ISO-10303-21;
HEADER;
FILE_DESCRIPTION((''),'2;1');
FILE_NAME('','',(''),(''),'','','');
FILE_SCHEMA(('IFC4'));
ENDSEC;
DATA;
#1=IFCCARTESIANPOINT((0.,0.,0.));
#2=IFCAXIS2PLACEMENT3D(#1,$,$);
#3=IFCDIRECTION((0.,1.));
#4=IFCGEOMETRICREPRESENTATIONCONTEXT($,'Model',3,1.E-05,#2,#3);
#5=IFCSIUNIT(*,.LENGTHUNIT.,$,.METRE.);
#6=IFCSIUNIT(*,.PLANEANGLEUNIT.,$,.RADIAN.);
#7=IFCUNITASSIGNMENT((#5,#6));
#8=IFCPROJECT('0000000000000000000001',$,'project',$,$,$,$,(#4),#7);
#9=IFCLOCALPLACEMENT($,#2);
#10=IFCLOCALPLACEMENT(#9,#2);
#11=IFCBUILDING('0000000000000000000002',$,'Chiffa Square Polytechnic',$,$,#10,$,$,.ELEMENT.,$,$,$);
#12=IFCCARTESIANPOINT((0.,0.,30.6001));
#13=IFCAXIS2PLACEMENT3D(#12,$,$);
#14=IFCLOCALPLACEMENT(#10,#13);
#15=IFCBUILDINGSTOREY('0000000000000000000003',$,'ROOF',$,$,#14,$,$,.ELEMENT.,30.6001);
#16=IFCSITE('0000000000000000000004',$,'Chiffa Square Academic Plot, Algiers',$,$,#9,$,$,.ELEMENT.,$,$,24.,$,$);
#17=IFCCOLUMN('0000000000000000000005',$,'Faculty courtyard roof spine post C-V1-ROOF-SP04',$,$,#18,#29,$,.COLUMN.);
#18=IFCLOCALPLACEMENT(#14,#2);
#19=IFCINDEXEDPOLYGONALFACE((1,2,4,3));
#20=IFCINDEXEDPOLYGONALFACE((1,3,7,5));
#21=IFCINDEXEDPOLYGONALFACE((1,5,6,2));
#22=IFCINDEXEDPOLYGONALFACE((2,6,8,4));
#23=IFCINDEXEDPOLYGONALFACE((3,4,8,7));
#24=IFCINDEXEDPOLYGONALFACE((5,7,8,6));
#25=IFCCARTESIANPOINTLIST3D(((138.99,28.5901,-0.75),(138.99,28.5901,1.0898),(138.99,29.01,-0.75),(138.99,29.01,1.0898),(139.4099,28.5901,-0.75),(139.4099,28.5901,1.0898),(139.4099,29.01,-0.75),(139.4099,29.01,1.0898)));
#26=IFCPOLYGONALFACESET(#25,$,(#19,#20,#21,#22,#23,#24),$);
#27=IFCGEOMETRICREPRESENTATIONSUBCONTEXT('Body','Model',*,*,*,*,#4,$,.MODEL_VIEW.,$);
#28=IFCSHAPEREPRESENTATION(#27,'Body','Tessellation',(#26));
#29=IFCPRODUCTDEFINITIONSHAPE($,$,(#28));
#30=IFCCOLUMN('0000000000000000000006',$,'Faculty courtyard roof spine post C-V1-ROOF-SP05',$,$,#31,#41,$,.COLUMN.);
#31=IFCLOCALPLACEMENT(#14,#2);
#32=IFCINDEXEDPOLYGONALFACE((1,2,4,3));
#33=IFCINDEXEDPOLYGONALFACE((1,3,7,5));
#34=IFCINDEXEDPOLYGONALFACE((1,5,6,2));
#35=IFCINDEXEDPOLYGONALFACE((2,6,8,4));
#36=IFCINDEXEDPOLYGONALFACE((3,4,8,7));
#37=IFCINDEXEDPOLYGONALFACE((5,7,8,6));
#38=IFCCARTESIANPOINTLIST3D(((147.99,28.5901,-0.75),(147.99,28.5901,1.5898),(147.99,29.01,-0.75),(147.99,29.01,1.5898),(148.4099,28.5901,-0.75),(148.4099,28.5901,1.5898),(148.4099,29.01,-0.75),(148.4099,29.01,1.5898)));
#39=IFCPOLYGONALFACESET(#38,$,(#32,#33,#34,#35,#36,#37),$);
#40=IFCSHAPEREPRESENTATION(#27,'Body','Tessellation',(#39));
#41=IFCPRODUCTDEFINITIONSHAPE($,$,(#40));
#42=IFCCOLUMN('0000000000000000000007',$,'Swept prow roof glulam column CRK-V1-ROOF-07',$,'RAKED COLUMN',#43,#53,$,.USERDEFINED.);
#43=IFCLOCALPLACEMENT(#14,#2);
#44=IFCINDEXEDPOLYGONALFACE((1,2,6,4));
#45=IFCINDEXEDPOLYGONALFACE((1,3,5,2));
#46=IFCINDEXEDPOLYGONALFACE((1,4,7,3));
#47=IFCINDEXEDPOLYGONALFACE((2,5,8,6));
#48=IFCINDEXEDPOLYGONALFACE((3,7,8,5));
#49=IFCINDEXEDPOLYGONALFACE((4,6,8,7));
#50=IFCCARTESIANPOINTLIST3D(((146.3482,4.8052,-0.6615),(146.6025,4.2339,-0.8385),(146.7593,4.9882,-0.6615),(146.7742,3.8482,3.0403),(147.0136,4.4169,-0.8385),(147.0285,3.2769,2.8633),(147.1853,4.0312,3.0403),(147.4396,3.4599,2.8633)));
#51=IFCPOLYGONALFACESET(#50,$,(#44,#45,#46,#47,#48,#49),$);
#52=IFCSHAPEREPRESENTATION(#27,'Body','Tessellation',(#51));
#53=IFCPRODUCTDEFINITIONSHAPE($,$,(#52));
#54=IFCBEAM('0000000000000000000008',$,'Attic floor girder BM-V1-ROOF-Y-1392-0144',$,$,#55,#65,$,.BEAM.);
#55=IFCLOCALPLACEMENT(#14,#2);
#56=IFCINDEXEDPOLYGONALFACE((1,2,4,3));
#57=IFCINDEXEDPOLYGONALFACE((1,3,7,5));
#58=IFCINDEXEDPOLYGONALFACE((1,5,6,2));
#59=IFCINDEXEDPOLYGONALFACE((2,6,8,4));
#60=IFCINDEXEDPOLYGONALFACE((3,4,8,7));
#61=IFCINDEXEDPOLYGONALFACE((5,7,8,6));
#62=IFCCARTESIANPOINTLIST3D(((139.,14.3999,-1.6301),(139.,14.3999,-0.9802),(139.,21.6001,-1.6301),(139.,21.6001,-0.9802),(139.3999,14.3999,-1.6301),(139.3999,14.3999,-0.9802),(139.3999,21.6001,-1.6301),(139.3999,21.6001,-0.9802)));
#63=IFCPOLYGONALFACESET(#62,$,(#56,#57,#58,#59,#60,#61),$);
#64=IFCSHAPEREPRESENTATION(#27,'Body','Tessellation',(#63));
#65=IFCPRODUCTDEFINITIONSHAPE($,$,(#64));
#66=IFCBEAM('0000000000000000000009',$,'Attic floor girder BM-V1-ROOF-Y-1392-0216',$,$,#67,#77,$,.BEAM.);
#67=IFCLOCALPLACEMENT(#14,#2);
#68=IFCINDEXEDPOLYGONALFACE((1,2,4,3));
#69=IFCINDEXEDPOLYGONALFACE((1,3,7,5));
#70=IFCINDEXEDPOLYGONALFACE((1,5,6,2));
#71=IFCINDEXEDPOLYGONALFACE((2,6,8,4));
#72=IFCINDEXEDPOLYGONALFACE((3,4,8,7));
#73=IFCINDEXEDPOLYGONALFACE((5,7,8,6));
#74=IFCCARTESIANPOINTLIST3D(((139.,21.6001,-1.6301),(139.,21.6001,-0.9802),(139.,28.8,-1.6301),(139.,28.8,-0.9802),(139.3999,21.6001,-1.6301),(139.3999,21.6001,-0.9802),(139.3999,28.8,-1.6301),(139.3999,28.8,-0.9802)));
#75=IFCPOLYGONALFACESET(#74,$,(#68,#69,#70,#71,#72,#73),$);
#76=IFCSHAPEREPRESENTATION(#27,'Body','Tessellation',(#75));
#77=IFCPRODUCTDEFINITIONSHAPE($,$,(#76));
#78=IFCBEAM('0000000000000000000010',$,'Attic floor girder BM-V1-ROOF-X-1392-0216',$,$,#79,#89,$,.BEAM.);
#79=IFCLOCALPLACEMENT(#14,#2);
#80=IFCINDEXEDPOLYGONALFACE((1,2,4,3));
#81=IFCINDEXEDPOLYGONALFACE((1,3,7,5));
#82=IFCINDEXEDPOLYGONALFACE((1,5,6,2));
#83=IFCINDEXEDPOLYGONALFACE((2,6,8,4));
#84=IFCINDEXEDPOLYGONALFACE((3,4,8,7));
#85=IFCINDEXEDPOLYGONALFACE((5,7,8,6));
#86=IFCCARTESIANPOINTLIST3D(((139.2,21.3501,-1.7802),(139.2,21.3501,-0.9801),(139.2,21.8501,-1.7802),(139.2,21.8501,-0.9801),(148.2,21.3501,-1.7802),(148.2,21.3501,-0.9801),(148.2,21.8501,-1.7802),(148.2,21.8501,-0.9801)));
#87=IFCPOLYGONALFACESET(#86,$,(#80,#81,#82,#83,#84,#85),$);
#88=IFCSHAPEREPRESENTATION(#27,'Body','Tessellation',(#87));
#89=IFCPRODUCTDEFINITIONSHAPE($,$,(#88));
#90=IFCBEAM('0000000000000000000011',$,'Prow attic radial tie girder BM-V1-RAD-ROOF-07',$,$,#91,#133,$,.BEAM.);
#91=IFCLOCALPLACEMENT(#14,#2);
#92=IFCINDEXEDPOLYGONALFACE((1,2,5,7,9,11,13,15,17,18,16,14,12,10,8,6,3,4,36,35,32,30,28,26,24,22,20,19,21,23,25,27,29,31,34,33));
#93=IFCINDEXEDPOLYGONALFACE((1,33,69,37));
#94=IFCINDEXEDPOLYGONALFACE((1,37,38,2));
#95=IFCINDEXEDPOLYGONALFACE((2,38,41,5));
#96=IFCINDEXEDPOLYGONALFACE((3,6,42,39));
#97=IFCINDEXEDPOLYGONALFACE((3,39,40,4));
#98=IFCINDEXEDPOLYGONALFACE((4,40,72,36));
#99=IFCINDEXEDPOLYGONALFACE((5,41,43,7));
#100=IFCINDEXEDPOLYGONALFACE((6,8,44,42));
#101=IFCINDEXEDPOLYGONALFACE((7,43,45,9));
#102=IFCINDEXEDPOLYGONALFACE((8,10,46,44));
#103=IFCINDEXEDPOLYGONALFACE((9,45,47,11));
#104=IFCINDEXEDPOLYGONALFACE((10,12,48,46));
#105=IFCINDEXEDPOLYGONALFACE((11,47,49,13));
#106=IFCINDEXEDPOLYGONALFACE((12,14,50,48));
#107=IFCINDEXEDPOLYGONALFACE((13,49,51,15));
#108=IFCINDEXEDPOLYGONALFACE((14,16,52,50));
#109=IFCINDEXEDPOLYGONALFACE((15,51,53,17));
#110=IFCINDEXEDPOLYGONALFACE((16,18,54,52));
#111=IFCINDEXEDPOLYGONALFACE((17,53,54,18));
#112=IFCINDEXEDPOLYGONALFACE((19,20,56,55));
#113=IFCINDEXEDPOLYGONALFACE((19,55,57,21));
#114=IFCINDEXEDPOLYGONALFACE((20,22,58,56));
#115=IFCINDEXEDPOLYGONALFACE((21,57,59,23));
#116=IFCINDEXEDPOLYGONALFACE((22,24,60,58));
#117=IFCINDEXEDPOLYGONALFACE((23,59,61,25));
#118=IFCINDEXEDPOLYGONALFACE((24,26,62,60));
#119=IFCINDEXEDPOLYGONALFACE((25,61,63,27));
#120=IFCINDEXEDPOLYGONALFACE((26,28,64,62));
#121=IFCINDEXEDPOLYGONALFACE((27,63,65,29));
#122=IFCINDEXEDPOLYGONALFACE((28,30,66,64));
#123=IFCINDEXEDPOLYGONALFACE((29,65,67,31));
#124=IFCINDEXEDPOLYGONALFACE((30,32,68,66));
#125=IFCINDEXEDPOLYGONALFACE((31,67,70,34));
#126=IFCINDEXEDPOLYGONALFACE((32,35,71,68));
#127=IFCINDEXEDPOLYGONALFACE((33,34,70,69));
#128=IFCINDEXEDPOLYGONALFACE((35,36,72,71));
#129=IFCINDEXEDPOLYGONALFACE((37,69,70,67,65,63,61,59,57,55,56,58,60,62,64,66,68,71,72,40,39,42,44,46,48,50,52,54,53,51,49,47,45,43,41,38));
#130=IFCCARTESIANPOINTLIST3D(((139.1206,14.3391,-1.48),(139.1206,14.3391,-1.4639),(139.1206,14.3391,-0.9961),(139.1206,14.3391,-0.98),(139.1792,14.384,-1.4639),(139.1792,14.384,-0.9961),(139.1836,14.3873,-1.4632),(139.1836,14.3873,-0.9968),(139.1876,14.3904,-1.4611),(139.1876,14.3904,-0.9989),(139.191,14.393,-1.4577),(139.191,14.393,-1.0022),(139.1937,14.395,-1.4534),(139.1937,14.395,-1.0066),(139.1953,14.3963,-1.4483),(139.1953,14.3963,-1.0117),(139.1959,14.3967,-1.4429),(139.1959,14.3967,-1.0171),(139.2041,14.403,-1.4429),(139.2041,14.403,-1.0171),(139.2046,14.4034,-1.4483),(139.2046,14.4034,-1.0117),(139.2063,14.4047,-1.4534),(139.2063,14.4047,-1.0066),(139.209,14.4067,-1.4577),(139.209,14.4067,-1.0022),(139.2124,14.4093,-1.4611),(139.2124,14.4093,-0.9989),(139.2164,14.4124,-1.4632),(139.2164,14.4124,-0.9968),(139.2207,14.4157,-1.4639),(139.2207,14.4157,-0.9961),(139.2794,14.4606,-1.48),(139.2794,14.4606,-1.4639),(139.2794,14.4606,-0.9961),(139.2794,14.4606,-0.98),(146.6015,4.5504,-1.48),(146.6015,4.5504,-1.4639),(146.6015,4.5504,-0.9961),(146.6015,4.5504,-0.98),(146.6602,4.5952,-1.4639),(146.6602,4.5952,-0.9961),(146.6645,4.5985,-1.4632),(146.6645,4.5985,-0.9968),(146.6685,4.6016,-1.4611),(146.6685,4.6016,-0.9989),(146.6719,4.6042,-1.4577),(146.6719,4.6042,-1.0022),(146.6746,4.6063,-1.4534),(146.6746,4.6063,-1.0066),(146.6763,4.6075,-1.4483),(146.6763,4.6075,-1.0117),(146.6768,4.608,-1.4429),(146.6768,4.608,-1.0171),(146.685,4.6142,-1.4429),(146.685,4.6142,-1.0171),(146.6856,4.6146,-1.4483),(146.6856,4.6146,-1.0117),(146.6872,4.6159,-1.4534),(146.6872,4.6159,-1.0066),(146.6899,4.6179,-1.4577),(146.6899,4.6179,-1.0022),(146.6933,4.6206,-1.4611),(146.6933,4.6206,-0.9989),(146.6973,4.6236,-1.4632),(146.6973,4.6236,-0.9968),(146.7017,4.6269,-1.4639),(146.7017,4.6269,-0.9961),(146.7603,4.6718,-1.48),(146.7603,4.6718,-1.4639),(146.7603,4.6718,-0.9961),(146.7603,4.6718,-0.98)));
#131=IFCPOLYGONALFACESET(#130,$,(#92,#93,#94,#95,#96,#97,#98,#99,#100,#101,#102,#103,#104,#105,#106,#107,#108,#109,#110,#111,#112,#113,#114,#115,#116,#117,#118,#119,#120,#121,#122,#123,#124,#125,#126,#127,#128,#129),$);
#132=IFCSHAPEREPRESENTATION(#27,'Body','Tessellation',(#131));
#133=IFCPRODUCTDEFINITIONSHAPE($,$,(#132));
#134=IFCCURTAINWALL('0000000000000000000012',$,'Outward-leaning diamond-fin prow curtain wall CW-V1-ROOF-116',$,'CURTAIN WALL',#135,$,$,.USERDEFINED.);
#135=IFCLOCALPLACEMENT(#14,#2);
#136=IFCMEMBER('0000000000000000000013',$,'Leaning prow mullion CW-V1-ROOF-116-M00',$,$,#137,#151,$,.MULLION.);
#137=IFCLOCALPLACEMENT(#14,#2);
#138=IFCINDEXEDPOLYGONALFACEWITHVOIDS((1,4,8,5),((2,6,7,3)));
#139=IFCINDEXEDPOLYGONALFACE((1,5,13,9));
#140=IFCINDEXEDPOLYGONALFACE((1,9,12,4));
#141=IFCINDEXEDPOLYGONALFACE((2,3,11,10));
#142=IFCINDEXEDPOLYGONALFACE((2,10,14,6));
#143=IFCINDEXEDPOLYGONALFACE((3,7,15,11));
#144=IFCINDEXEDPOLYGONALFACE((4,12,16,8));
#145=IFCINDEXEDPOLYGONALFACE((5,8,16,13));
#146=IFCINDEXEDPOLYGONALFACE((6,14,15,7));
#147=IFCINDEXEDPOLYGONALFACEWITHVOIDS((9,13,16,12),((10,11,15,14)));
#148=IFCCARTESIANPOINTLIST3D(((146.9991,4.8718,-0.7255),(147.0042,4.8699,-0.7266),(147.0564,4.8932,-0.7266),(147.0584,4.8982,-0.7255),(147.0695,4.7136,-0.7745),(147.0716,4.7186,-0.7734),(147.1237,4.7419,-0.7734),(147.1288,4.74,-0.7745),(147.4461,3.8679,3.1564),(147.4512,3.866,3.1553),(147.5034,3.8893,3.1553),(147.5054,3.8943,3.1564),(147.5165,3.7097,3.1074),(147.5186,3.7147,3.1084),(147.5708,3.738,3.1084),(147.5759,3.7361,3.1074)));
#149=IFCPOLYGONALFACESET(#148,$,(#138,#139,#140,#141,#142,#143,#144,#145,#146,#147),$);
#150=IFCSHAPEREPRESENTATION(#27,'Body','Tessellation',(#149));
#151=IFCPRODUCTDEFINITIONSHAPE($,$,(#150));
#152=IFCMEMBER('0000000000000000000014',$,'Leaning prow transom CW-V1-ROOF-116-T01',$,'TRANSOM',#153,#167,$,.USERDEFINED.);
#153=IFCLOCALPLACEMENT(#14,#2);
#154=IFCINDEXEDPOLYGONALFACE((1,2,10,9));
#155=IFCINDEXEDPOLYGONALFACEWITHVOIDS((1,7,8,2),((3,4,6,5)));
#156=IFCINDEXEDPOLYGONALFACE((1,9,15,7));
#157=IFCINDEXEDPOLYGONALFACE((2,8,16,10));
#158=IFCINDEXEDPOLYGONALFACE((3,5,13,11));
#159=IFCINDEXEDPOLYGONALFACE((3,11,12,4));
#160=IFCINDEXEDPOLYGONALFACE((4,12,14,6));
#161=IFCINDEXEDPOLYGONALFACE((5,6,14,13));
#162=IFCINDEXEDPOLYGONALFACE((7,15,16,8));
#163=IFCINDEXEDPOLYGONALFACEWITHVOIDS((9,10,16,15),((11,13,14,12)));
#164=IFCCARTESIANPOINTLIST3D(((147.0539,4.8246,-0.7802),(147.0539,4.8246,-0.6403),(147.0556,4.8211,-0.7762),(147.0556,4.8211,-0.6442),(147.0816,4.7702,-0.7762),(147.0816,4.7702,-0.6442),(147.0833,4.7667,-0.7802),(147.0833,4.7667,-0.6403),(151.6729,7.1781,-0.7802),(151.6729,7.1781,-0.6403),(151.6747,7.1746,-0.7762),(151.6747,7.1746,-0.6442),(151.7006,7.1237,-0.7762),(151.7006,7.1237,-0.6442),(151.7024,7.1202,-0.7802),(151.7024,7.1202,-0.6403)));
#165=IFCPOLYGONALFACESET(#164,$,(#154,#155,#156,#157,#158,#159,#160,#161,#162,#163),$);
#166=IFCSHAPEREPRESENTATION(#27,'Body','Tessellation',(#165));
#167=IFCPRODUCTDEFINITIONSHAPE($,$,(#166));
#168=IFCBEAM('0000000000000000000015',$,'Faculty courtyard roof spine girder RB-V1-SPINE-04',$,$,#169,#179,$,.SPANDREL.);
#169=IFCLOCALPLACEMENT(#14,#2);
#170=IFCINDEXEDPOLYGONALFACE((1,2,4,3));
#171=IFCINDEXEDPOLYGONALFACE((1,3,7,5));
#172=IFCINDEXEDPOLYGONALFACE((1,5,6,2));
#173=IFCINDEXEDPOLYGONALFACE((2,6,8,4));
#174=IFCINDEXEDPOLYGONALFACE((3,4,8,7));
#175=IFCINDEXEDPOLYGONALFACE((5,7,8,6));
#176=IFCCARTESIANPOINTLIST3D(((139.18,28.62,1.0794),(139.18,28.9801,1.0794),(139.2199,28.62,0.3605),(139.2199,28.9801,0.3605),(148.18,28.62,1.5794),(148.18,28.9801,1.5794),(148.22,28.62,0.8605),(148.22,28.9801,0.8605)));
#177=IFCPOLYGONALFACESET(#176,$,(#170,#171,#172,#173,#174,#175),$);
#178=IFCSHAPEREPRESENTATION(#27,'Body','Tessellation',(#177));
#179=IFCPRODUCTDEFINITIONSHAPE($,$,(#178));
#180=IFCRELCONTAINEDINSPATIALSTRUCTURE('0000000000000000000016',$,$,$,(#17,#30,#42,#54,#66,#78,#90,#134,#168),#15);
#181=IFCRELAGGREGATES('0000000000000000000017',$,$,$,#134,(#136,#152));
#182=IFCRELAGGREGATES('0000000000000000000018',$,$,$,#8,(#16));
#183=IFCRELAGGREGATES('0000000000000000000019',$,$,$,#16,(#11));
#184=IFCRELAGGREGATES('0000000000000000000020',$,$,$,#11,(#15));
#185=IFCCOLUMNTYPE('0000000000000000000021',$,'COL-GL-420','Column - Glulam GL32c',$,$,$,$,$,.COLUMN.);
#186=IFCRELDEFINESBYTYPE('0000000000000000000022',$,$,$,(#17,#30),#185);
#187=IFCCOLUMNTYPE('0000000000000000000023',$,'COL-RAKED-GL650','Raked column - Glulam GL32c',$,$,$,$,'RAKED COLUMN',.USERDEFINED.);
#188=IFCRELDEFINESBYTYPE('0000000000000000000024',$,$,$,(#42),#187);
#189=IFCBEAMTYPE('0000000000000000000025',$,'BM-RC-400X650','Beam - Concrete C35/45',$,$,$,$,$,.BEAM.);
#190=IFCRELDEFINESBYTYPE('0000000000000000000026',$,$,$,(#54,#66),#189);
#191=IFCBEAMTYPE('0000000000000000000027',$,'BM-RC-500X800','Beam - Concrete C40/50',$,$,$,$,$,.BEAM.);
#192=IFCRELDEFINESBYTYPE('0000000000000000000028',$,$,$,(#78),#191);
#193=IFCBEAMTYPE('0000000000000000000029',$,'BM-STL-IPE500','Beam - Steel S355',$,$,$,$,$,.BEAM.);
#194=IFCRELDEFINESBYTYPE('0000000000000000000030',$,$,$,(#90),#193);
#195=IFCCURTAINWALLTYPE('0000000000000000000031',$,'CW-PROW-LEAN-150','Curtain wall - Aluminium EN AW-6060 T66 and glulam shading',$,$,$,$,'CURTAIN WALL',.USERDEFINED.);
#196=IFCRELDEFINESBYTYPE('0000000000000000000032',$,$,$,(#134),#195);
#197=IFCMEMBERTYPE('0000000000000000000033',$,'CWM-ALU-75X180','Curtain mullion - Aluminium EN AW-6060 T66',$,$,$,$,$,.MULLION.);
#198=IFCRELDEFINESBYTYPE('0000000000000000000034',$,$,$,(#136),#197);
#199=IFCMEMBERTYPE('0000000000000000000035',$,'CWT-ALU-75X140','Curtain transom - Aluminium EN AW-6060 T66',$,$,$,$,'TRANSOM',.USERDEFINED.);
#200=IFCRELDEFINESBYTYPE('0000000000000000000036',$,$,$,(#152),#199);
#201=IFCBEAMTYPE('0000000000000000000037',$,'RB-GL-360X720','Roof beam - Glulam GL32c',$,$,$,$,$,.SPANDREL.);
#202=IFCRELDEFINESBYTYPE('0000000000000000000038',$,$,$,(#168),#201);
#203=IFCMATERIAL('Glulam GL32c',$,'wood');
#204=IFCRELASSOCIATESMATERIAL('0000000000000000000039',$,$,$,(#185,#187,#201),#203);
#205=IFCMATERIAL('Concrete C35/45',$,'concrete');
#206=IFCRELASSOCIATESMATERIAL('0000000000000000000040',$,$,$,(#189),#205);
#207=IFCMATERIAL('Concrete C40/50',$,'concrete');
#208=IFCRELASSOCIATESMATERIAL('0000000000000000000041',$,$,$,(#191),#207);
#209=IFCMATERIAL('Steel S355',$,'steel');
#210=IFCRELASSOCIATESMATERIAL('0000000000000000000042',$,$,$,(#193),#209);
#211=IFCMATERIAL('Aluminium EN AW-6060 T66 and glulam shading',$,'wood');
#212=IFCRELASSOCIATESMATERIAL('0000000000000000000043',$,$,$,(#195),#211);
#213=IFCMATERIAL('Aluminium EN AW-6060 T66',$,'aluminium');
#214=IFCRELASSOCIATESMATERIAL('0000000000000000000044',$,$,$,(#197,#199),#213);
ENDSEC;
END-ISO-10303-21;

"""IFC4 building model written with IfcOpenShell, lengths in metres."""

from ifc_helpers import new_model, si_unit, direction, frame, origin, origin_2d, place, context, subcontext, project, spatial, rectangle, hollow_rectangle, i_section, extrude, material, material_profile, profile_set, type_object, element, aggregate, save


model = new_model("IFC4")

# Units and contexts
model_context = context("Model", 3, precision=1e-05, world=origin(), true_north=direction((0.0, 1.0)))
body_context = subcontext(model_context, "Body", "Model", "MODEL_VIEW")
ifc_project = project(units=[si_unit("LENGTHUNIT", "METRE"), si_unit("PLANEANGLEUNIT", "RADIAN")], contexts=[model_context])

# Site, building, storey
site_placement = place(None, origin())
site = spatial("IfcSite", under=ifc_project, at=site_placement, Name="Chiffa Square Academic Plot, Algiers", CompositionType="ELEMENT", RefElevation=24.0)
building_placement = place(site_placement, origin())
building = spatial("IfcBuilding", under=site, at=building_placement, Name="Chiffa Square Polytechnic", CompositionType="ELEMENT")
storey_placement = place(building_placement, frame((0.0, 0.0, 30.6001)))
storey = spatial("IfcBuildingStorey", under=building, at=storey_placement, Name="ROOF", CompositionType="ELEMENT", Elevation=30.6001)

# Columns
ifc_material_1 = material(Name="Glulam GL32c", Category="wood")
ifc_material_profile_1 = material_profile(ifc_material_1, rectangle(XDim=0.4199, YDim=0.4199, at=origin_2d()), Name="GL32c 420x420")
ifc_profile_set_1 = profile_set([ifc_material_profile_1], Name="Glulam GL32c")
column_type_1 = type_object("IfcColumnType", Name="COL-GL-420", Description="Column - Glulam GL32c", PredefinedType="COLUMN", material=ifc_profile_set_1)
column_1_placement = place(storey_placement, frame((139.2, 28.8, -0.75), z_axis=(0.0, 0.0, 1.0), x_axis=(1.0, 0.0, 0.0)))
element("IfcColumn", 1, at=column_1_placement, inside=storey, type_object=column_type_1, Name="Faculty courtyard roof spine post C-V1-ROOF-SP04", PredefinedType="COLUMN", context=body_context, shape_type="SweptSolid", body=[
    extrude(rectangle(XDim=0.4199, YDim=0.4199, at=origin_2d()), origin(), (0.0, 0.0, 1.0), 1.8398),
])
column_2_placement = place(storey_placement, frame((148.2, 28.8, -0.75), z_axis=(0.0, 0.0, 1.0), x_axis=(1.0, 0.0, 0.0)))
element("IfcColumn", 2, at=column_2_placement, inside=storey, type_object=column_type_1, Name="Faculty courtyard roof spine post C-V1-ROOF-SP05", PredefinedType="COLUMN", context=body_context, shape_type="SweptSolid", body=[
    extrude(rectangle(XDim=0.4199, YDim=0.4199, at=origin_2d()), origin(), (0.0, 0.0, 1.0), 2.3398),
])
ifc_material_profile_2 = material_profile(ifc_material_1, rectangle(XDim=0.45, YDim=0.6499, at=origin_2d()), Name="GL32c 450x650")
ifc_profile_set_2 = profile_set([ifc_material_profile_2], Name="Glulam GL32c")
column_type_2 = type_object("IfcColumnType", Name="COL-RAKED-GL650", Description="Raked column - Glulam GL32c", ElementType="RAKED COLUMN", PredefinedType="USERDEFINED", material=ifc_profile_set_2)
column_3_placement = place(storey_placement, frame((146.6809, 4.6111, -0.75), z_axis=(0.110734, -0.248756, 0.962215), x_axis=(0.913571, 0.406679, 0.0)))
element("IfcColumn", 3, at=column_3_placement, inside=storey, type_object=column_type_2, Name="Swept prow roof glulam column CRK-V1-ROOF-07", ObjectType="RAKED COLUMN", PredefinedType="USERDEFINED", context=body_context, shape_type="SweptSolid", body=[
    extrude(rectangle(XDim=0.45, YDim=0.6499, at=origin_2d()), origin(), (0.0, 0.0, 1.0), 3.8472),
])

# Beams
ifc_material_2 = material(Name="Concrete C35/45", Category="concrete")
ifc_material_profile_3 = material_profile(ifc_material_2, rectangle(XDim=0.3999, YDim=0.6499, at=origin_2d()), Name="RC 400x650")
ifc_profile_set_3 = profile_set([ifc_material_profile_3], Name="Concrete C35/45")
beam_type_1 = type_object("IfcBeamType", Name="BM-RC-400X650", Description="Beam - Concrete C35/45", PredefinedType="BEAM", material=ifc_profile_set_3)
beam_1_placement = place(storey_placement, frame((139.2, 14.3999, -1.3052), z_axis=(0.0, 1.0, 0.0), x_axis=(-1.0, 0.0, 0.0)))
element("IfcBeam", 4, at=beam_1_placement, inside=storey, type_object=beam_type_1, Name="Attic floor girder BM-V1-ROOF-Y-1392-0144", PredefinedType="BEAM", context=body_context, shape_type="SweptSolid", body=[
    extrude(rectangle(XDim=0.3999, YDim=0.6499, at=origin_2d()), origin(), (0.0, 0.0, 1.0), 7.2002),
])
beam_2_placement = place(storey_placement, frame((139.2, 21.6001, -1.3052), z_axis=(0.0, 1.0, 0.0), x_axis=(-1.0, 0.0, 0.0)))
element("IfcBeam", 5, at=beam_2_placement, inside=storey, type_object=beam_type_1, Name="Attic floor girder BM-V1-ROOF-Y-1392-0216", PredefinedType="BEAM", context=body_context, shape_type="SweptSolid", body=[
    extrude(rectangle(XDim=0.3999, YDim=0.6499, at=origin_2d()), origin(), (0.0, 0.0, 1.0), 7.2),
])
ifc_material_3 = material(Name="Concrete C40/50", Category="concrete")
ifc_material_profile_4 = material_profile(ifc_material_3, rectangle(XDim=0.5, YDim=0.8, at=origin_2d()), Name="RC 500x800")
ifc_profile_set_4 = profile_set([ifc_material_profile_4], Name="Concrete C40/50")
beam_type_2 = type_object("IfcBeamType", Name="BM-RC-500X800", Description="Beam - Concrete C40/50", PredefinedType="BEAM", material=ifc_profile_set_4)
beam_3_placement = place(storey_placement, frame((139.2, 21.6001, -1.3801), z_axis=(1.0, 0.0, 0.0), x_axis=(0.0, 1.0, 0.0)))
element("IfcBeam", 6, at=beam_3_placement, inside=storey, type_object=beam_type_2, Name="Attic floor girder BM-V1-ROOF-X-1392-0216", PredefinedType="BEAM", context=body_context, shape_type="SweptSolid", body=[
    extrude(rectangle(XDim=0.5, YDim=0.8, at=origin_2d()), origin(), (0.0, 0.0, 1.0), 9.0),
])
ifc_material_4 = material(Name="Steel S355", Category="steel")
ifc_material_profile_5 = material_profile(ifc_material_4, i_section(OverallWidth=0.2, OverallDepth=0.5, WebThickness=0.0103, FlangeThickness=0.0161, FilletRadius=0.021, at=origin_2d()), Name="IPE 500")
ifc_profile_set_5 = profile_set([ifc_material_profile_5], Name="Steel S355")
beam_type_3 = type_object("IfcBeamType", Name="BM-STL-IPE500", Description="Beam - Steel S355", PredefinedType="BEAM", material=ifc_profile_set_5)
beam_4_placement = place(storey_placement, frame((146.6809, 4.6111, -1.23), z_axis=(-0.607214, 0.794538, 0.0), x_axis=(-0.794538, -0.607214, 0.0)))
element("IfcBeam", 7, at=beam_4_placement, inside=storey, type_object=beam_type_3, Name="Prow attic radial tie girder BM-V1-RAD-ROOF-07", PredefinedType="BEAM", context=body_context, shape_type="SweptSolid", body=[
    extrude(i_section(OverallWidth=0.2, OverallDepth=0.5, WebThickness=0.0103, FlangeThickness=0.0161, FilletRadius=0.021, at=origin_2d()), origin(), (0.0, 0.0, 1.0), 12.3201),
])

# Curtain wall, members
ifc_material_5 = material(Name="Aluminium EN AW-6060 T66 and glulam shading", Category="wood")
curtain_wall_type = type_object("IfcCurtainWallType", Name="CW-PROW-LEAN-150", Description="Curtain wall - Aluminium EN AW-6060 T66 and glulam shading", ElementType="CURTAIN WALL", PredefinedType="USERDEFINED", material=ifc_material_5)
curtain_wall_placement = place(storey_placement, origin())
curtain_wall = element("IfcCurtainWall", 8, at=curtain_wall_placement, inside=storey, type_object=curtain_wall_type, Name="Outward-leaning diamond-fin prow curtain wall CW-V1-ROOF-116", ObjectType="CURTAIN WALL", PredefinedType="USERDEFINED")
ifc_material_6 = material(Name="Aluminium EN AW-6060 T66", Category="aluminium")
ifc_material_profile_6 = material_profile(ifc_material_6, hollow_rectangle(XDim=0.0649, YDim=0.1799, WallThickness=0.0039, at=origin_2d()), Name="ALU 65x180x4")
ifc_profile_set_6 = profile_set([ifc_material_profile_6], Name="Aluminium EN AW-6060 T66")
member_type_1 = type_object("IfcMemberType", Name="CWM-ALU-75X180", Description="Curtain mullion - Aluminium EN AW-6060 T66", PredefinedType="MULLION", material=ifc_profile_set_6)
member_1_placement = place(storey_placement, frame((147.064, 4.8059, -0.75), z_axis=(0.110803, -0.248837, 0.962186), x_axis=(0.913527, 0.406777, 0.0)))
member_1 = element("IfcMember", 9, at=member_1_placement, type_object=member_type_1, Name="Leaning prow mullion CW-V1-ROOF-116-M00", PredefinedType="MULLION", context=body_context, shape_type="SweptSolid", body=[
    extrude(hollow_rectangle(XDim=0.0649, YDim=0.1799, WallThickness=0.0039, at=origin_2d()), origin(), (0.0, 0.0, 1.0), 4.0344),
])
ifc_material_profile_7 = material_profile(ifc_material_6, hollow_rectangle(XDim=0.0649, YDim=0.1399, WallThickness=0.0039, at=origin_2d()), Name="ALU 65x140x4")
ifc_profile_set_7 = profile_set([ifc_material_profile_7], Name="Aluminium EN AW-6060 T66")
member_type_2 = type_object("IfcMemberType", Name="CWT-ALU-75X140", Description="Curtain transom - Aluminium EN AW-6060 T66", ElementType="TRANSOM", PredefinedType="USERDEFINED", material=ifc_profile_set_7)
member_2_placement = place(storey_placement, frame((147.0686, 4.7957, -0.7102), z_axis=(0.891011, 0.453982, 0.0), x_axis=(-0.453982, 0.891011, 0.0)))
member_2 = element("IfcMember", 10, at=member_2_placement, type_object=member_type_2, Name="Leaning prow transom CW-V1-ROOF-116-T01", ObjectType="TRANSOM", PredefinedType="USERDEFINED", context=body_context, shape_type="SweptSolid", body=[
    extrude(hollow_rectangle(XDim=0.0649, YDim=0.1399, WallThickness=0.0039, at=origin_2d()), origin(), (0.0, 0.0, 1.0), 5.1841),
])

# Beam
ifc_material_profile_8 = material_profile(ifc_material_1, rectangle(XDim=0.3601, YDim=0.72, at=origin_2d()), Name="GL32c 360x720")
ifc_profile_set_8 = profile_set([ifc_material_profile_8], Name="Glulam GL32c")
beam_type_4 = type_object("IfcBeamType", Name="RB-GL-360X720", Description="Roof beam - Glulam GL32c", PredefinedType="SPANDREL", material=ifc_profile_set_8)
beam_5_placement = place(storey_placement, frame((139.2, 28.8, 0.72), z_axis=(0.99846, 0.0, 0.05547), x_axis=(0.0, 1.0, 0.0)))
element("IfcBeam", 11, at=beam_5_placement, inside=storey, type_object=beam_type_4, Name="Faculty courtyard roof spine girder RB-V1-SPINE-04", PredefinedType="SPANDREL", context=body_context, shape_type="SweptSolid", body=[
    extrude(rectangle(XDim=0.3601, YDim=0.72, at=origin_2d()), origin(), (0.0, 0.0, 1.0), 9.0139),
])

aggregate(curtain_wall, [member_1, member_2])

save(model, "model.ifc")
